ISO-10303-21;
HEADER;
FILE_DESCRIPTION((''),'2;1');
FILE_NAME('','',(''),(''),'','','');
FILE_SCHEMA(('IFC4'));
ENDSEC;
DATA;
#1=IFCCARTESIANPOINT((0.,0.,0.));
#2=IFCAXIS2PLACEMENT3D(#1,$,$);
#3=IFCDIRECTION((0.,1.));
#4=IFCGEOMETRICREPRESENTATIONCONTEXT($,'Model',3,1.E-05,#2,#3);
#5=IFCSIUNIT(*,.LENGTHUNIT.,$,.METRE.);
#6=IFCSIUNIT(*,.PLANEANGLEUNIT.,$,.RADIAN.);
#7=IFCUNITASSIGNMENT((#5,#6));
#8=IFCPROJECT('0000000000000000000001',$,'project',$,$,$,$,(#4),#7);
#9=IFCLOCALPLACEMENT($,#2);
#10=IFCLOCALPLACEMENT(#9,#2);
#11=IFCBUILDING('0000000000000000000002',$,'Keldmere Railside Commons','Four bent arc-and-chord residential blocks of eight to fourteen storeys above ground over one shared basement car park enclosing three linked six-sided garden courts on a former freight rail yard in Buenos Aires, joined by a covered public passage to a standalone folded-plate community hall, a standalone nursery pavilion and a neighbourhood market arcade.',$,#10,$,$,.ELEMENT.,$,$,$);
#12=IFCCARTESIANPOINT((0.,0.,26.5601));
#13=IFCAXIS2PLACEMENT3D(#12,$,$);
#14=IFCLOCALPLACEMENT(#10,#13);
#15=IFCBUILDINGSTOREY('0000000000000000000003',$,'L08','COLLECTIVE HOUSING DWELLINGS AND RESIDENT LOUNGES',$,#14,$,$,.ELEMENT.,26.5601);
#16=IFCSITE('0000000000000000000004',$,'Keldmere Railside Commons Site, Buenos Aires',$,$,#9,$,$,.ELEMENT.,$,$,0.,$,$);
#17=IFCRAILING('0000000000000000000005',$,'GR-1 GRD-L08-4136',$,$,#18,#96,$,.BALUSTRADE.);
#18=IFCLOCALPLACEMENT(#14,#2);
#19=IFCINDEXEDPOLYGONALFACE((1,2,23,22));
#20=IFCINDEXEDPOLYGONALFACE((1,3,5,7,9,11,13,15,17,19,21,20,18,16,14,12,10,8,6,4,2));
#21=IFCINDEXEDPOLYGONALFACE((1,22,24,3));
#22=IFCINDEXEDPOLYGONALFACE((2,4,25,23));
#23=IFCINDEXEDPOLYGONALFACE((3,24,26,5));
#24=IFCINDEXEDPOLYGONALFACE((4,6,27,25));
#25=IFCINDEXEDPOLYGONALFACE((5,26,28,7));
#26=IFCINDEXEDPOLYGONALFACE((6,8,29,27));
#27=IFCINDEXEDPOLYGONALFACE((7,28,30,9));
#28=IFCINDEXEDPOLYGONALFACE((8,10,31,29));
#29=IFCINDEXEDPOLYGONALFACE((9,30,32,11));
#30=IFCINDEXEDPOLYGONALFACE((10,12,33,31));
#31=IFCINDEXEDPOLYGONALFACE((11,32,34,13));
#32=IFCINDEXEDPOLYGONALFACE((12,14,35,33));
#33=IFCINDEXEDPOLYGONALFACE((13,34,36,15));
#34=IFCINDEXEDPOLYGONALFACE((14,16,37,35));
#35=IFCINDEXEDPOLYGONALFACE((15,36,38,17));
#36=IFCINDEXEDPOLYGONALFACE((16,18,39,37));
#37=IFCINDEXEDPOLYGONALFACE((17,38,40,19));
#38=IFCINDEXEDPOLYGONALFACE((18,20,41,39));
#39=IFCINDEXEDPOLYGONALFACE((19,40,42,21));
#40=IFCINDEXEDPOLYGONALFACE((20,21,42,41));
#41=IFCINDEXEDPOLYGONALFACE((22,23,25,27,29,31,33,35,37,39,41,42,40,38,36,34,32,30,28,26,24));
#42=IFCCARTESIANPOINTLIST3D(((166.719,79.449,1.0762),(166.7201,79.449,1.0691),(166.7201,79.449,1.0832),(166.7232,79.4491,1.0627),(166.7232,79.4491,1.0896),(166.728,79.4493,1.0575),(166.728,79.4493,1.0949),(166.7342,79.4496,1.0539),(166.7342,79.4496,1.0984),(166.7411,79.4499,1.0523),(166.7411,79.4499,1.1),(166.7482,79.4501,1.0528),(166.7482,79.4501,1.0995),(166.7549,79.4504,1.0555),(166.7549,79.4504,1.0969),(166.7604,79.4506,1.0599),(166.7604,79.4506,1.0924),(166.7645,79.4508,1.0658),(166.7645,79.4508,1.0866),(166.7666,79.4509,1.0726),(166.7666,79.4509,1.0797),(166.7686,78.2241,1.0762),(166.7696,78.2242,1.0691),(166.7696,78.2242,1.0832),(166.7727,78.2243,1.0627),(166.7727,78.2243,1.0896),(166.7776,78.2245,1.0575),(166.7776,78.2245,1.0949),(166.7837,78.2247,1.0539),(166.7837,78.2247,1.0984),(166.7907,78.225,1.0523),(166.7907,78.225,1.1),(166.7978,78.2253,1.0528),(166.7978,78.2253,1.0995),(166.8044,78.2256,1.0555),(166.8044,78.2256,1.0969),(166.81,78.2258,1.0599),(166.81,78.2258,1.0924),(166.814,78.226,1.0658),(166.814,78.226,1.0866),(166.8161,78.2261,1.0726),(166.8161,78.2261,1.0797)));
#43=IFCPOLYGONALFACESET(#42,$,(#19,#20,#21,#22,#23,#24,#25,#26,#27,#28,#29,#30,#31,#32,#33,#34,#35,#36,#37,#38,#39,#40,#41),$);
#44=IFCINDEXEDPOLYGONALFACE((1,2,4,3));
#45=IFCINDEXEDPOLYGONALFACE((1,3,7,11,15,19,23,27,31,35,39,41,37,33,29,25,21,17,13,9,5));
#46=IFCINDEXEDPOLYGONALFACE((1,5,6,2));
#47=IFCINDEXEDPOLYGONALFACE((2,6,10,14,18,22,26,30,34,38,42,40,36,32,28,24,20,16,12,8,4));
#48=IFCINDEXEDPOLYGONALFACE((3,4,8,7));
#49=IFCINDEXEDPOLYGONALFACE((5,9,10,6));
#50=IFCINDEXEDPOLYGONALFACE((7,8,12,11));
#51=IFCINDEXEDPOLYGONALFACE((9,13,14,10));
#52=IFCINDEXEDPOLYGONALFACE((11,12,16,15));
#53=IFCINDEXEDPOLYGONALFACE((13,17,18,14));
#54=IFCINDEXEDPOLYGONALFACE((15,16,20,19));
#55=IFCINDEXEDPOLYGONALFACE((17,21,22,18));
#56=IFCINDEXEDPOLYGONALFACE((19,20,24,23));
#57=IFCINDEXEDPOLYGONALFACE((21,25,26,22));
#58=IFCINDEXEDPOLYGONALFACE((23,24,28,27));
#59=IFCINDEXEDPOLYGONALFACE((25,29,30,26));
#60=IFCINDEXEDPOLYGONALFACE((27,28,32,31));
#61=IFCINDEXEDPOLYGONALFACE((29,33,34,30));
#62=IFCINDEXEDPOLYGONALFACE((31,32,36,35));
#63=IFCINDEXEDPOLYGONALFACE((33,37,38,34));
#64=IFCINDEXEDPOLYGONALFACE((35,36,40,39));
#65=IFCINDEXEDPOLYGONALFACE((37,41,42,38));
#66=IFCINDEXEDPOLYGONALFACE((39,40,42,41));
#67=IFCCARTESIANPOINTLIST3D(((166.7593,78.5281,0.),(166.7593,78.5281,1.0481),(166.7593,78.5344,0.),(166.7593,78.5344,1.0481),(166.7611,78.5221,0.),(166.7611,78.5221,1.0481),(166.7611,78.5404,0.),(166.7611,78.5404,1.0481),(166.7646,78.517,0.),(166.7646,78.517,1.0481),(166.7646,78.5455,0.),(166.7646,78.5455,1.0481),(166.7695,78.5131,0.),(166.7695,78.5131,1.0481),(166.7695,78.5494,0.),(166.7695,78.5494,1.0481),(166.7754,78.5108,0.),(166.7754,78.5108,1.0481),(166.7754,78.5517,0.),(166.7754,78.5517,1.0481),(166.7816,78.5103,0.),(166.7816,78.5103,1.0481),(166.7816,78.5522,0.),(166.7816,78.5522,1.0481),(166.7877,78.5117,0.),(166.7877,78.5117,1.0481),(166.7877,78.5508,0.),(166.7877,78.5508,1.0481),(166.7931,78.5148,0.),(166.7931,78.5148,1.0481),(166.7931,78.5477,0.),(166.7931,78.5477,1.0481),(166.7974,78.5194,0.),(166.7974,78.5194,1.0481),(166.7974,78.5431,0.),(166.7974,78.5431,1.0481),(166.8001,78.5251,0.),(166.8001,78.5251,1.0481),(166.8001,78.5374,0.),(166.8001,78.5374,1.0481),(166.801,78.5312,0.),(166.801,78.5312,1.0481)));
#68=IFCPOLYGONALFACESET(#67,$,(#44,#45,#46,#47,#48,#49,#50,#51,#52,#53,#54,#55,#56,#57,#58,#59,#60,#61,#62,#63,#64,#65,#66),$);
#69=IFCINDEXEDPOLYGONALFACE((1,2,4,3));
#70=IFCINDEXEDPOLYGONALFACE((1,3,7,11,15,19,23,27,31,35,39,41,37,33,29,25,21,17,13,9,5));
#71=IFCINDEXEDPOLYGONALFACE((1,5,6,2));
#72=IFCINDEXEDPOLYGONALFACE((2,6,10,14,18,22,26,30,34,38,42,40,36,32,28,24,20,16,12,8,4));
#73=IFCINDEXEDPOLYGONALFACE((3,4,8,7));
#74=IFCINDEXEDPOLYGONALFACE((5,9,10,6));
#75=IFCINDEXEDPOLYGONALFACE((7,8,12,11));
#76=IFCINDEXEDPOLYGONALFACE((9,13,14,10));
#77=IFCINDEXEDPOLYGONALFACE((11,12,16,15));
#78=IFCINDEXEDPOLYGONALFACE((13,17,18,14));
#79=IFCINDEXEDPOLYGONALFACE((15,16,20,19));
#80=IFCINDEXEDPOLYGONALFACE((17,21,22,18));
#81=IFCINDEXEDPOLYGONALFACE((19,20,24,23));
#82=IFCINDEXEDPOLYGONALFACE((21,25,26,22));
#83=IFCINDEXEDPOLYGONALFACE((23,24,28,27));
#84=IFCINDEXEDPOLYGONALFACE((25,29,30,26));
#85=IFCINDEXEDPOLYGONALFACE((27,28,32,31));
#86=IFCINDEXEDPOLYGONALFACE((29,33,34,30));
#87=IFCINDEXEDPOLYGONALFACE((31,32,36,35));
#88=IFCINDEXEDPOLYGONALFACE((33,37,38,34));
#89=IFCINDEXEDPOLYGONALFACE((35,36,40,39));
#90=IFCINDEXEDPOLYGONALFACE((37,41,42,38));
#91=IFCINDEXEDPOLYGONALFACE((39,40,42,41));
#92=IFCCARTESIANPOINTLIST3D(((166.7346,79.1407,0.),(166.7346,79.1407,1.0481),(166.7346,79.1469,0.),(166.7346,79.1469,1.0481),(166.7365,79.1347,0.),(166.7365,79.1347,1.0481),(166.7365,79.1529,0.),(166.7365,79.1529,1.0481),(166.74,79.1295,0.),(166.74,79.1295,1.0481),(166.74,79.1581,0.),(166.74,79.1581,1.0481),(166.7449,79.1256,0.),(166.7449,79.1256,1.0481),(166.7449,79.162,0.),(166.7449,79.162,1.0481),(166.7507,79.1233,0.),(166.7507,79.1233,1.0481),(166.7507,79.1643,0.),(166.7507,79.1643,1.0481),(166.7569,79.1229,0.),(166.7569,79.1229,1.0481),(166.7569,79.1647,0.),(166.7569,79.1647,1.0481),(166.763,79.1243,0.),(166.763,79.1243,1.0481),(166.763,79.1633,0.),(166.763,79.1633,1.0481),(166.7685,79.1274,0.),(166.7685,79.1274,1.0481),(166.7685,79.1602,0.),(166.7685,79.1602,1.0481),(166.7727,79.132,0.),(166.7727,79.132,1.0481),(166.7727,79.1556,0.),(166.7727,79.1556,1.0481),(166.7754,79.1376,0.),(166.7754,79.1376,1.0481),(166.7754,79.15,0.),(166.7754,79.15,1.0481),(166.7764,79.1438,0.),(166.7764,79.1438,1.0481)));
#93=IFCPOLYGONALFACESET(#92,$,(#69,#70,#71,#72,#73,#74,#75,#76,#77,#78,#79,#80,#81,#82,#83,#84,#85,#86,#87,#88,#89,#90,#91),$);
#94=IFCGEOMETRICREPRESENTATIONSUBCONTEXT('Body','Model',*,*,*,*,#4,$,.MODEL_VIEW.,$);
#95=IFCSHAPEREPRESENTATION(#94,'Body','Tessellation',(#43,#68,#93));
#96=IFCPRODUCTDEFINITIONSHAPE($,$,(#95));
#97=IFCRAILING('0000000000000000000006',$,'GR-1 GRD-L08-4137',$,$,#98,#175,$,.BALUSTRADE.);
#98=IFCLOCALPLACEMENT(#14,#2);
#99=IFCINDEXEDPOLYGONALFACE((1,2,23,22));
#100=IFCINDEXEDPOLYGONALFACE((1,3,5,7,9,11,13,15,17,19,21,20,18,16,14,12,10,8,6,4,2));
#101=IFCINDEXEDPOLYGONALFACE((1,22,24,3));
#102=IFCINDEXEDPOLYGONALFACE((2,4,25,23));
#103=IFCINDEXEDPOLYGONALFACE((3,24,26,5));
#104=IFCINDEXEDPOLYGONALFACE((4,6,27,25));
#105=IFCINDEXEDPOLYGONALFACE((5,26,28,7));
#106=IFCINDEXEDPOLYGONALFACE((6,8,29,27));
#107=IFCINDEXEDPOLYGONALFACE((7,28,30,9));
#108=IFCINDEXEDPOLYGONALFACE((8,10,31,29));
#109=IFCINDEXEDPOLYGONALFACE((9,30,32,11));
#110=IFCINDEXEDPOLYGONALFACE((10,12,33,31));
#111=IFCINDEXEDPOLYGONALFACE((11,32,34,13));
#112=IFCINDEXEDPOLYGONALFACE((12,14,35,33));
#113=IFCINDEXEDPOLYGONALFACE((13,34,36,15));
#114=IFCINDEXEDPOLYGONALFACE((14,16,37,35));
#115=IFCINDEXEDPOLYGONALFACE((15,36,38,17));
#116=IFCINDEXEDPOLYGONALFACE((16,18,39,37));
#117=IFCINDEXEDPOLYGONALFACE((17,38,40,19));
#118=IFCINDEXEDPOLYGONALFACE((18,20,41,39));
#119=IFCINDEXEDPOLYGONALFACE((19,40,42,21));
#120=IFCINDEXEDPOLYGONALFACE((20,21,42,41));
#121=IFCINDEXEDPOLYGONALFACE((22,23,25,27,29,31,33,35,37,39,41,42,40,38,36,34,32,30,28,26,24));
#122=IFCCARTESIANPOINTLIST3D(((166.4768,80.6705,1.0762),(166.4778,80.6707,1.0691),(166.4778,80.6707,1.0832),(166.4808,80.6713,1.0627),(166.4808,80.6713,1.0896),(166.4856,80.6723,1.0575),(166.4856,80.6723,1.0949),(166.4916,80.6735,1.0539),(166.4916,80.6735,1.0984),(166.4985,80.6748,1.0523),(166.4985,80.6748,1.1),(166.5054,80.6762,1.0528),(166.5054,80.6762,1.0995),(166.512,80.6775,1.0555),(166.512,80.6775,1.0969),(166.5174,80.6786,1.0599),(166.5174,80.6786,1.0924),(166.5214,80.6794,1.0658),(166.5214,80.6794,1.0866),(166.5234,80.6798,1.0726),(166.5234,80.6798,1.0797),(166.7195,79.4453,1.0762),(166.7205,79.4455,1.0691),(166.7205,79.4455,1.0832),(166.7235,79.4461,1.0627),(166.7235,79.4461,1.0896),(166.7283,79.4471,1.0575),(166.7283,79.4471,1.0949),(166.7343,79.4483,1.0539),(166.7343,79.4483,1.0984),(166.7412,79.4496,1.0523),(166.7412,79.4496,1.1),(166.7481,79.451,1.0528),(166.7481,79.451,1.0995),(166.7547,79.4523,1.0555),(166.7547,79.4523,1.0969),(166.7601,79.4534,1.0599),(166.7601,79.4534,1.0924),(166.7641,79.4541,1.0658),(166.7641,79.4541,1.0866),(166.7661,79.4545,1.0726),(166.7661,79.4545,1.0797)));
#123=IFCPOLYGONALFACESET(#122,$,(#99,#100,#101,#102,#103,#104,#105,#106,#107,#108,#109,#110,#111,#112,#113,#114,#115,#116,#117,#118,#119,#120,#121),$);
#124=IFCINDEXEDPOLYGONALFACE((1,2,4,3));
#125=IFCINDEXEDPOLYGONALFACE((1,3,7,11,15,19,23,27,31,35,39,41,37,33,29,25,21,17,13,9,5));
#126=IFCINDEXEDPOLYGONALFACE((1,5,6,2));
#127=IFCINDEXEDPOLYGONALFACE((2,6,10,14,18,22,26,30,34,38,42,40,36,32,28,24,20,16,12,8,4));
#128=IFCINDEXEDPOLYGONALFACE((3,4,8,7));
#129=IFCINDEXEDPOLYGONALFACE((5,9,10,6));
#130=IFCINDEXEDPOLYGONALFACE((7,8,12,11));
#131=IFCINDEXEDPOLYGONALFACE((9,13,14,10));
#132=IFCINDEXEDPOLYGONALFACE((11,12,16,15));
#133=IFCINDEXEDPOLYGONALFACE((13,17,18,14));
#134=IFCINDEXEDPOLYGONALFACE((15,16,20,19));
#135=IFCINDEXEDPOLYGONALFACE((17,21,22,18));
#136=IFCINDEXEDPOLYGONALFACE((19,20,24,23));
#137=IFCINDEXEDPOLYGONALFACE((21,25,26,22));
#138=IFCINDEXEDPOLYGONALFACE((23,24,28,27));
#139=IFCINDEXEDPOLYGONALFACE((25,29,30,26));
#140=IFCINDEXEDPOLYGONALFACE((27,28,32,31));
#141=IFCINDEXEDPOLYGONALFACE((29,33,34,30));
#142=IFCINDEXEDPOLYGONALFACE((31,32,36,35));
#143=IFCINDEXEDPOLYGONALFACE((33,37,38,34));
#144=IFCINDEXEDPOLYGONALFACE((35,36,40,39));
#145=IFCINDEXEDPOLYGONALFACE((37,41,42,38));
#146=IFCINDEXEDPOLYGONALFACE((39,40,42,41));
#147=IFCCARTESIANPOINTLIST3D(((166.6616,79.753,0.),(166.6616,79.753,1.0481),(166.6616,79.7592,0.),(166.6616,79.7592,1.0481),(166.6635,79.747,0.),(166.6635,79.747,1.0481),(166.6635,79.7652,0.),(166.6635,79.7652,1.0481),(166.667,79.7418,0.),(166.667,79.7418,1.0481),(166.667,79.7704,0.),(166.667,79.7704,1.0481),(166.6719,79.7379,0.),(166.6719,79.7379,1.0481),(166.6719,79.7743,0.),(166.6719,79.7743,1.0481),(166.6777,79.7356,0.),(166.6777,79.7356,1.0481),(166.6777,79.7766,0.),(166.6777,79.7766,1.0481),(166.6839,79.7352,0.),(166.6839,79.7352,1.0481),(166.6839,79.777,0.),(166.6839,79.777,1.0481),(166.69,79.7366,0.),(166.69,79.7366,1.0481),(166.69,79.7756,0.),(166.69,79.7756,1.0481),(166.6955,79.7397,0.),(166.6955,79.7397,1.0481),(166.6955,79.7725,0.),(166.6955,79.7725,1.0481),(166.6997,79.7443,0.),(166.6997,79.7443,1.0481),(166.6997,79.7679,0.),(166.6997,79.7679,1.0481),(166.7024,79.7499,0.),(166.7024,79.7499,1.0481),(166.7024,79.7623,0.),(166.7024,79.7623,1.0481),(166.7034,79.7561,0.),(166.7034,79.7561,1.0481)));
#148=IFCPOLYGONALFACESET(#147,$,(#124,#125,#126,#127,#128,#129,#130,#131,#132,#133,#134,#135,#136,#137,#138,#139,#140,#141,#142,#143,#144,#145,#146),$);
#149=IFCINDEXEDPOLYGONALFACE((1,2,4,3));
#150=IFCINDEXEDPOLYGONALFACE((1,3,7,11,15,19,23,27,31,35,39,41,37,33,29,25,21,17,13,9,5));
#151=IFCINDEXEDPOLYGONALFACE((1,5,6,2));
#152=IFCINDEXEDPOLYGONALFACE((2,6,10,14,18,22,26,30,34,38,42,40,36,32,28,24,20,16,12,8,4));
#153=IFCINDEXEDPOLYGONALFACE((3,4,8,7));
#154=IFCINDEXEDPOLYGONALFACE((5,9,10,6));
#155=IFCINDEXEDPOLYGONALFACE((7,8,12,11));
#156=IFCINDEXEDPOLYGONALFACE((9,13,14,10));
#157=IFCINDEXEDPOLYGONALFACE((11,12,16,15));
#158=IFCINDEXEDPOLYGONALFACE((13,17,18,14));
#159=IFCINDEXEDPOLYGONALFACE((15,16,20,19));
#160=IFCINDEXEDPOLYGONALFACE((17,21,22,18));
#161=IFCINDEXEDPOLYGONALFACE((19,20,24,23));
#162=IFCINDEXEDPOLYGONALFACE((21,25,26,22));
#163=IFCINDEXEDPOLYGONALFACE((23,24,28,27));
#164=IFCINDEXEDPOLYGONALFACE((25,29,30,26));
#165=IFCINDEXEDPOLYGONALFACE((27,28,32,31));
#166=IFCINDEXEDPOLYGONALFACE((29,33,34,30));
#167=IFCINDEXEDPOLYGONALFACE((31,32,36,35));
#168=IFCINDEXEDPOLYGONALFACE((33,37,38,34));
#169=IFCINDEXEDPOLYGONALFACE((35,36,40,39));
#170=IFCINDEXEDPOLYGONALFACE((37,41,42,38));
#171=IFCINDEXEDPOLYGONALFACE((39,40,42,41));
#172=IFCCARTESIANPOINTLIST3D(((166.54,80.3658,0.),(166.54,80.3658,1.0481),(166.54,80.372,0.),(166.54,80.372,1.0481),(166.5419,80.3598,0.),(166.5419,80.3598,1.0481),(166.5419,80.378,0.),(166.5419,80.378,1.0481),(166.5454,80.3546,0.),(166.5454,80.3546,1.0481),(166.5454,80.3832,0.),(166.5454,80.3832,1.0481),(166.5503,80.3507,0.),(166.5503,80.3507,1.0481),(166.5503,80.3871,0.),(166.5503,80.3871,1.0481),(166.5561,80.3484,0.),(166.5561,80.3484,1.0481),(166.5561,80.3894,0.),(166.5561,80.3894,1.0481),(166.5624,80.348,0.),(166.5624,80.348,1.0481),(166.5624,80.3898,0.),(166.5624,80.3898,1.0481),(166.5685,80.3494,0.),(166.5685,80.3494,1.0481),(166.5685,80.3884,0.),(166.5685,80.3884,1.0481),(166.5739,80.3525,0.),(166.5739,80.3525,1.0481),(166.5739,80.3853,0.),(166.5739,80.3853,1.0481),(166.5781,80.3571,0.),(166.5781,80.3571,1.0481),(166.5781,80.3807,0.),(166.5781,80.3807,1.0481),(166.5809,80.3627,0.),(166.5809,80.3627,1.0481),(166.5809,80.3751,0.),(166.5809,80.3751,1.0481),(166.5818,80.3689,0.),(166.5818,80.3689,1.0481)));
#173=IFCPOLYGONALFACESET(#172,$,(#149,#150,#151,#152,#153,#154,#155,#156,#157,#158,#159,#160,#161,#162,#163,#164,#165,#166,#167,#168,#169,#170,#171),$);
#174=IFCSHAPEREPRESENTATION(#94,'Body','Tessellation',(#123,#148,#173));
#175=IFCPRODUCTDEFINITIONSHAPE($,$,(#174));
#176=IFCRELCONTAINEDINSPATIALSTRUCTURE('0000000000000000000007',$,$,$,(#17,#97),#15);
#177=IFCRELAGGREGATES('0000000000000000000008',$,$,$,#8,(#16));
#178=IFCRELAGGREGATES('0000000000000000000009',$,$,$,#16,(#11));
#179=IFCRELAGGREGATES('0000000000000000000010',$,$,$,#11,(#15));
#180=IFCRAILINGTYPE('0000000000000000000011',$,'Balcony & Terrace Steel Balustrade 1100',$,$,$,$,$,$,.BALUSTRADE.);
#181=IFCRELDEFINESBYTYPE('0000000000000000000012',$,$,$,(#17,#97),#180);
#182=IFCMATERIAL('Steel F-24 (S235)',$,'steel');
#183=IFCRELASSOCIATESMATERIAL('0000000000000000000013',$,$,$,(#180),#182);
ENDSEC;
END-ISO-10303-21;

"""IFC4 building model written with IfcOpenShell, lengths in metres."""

from ifc_helpers import new_model, si_unit, direction, frame, origin, origin_2d, place, context, subcontext, project, spatial, circle, extrude, material, type_object, element, save


model = new_model("IFC4")

# Units and contexts
model_context = context("Model", 3, precision=1e-05, world=origin(), true_north=direction((0.0, 1.0)))
body_context = subcontext(model_context, "Body", "Model", "MODEL_VIEW")
ifc_project = project(units=[si_unit("LENGTHUNIT", "METRE"), si_unit("PLANEANGLEUNIT", "RADIAN")], contexts=[model_context])

# Site, building, storey
site_placement = place(None, origin())
site = spatial("IfcSite", under=ifc_project, at=site_placement, Name="Keldmere Railside Commons Site, Buenos Aires", CompositionType="ELEMENT", RefElevation=0.0)
building_placement = place(site_placement, origin())
building = spatial("IfcBuilding", under=site, at=building_placement, Name="Keldmere Railside Commons", Description="Four bent arc-and-chord residential blocks of eight to fourteen storeys above ground over one shared basement car park enclosing three linked six-sided garden courts on a former freight rail yard in Buenos Aires, joined by a covered public passage to a standalone folded-plate community hall, a standalone nursery pavilion and a neighbourhood market arcade.", CompositionType="ELEMENT")
storey_placement = place(building_placement, frame((0.0, 0.0, 26.5601)))
storey = spatial("IfcBuildingStorey", under=building, at=storey_placement, Name="L08", Description="COLLECTIVE HOUSING DWELLINGS AND RESIDENT LOUNGES", CompositionType="ELEMENT", Elevation=26.5601)

# Railings
ifc_material_1 = material(Name="Steel F-24 (S235)", Category="steel")
railing_type = type_object("IfcRailingType", Name="Balcony & Terrace Steel Balustrade 1100", PredefinedType="BALUSTRADE", material=ifc_material_1)
railing_1_placement = place(storey_placement, frame((166.7925, 78.2251, 0.0)))
element("IfcRailing", 1, at=railing_1_placement, inside=storey, type_object=railing_type, Name="GR-1 GRD-L08-4136", PredefinedType="BALUSTRADE", context=body_context, shape_type="SweptSolid", body=[
    extrude(circle(Radius=0.0239, at=origin_2d()), frame((0.0, 0.0, 1.0762), z_axis=(-0.040429, 0.999182, 0.0), x_axis=(-0.999182, -0.040429, 0.0)), (0.0, 0.0, 1.0), 1.2258),
    extrude(circle(Radius=0.021, at=origin_2d()), frame((-0.0125, 0.3062, 0.0)), (0.0, 0.0, 1.0), 1.0481),
    extrude(circle(Radius=0.021, at=origin_2d()), frame((-0.0371, 0.9187, 0.0)), (0.0, 0.0, 1.0), 1.0481),
])
railing_2_placement = place(storey_placement, frame((166.7429, 79.45, 0.0)))
element("IfcRailing", 2, at=railing_2_placement, inside=storey, type_object=railing_type, Name="GR-1 GRD-L08-4137", PredefinedType="BALUSTRADE", context=body_context, shape_type="SweptSolid", body=[
    extrude(circle(Radius=0.0239, at=origin_2d()), frame((0.0, 0.0, 1.0762), z_axis=(-0.194311, 0.98094, 0.0), x_axis=(-0.98094, -0.194311, 0.0)), (0.0, 0.0, 1.0), 1.249),
    extrude(circle(Radius=0.021, at=origin_2d()), frame((-0.0605, 0.3062, 0.0)), (0.0, 0.0, 1.0), 1.0481),
    extrude(circle(Radius=0.021, at=origin_2d()), frame((-0.1821, 0.9189, 0.0)), (0.0, 0.0, 1.0), 1.0481),
])

save(model, "model.ifc")
